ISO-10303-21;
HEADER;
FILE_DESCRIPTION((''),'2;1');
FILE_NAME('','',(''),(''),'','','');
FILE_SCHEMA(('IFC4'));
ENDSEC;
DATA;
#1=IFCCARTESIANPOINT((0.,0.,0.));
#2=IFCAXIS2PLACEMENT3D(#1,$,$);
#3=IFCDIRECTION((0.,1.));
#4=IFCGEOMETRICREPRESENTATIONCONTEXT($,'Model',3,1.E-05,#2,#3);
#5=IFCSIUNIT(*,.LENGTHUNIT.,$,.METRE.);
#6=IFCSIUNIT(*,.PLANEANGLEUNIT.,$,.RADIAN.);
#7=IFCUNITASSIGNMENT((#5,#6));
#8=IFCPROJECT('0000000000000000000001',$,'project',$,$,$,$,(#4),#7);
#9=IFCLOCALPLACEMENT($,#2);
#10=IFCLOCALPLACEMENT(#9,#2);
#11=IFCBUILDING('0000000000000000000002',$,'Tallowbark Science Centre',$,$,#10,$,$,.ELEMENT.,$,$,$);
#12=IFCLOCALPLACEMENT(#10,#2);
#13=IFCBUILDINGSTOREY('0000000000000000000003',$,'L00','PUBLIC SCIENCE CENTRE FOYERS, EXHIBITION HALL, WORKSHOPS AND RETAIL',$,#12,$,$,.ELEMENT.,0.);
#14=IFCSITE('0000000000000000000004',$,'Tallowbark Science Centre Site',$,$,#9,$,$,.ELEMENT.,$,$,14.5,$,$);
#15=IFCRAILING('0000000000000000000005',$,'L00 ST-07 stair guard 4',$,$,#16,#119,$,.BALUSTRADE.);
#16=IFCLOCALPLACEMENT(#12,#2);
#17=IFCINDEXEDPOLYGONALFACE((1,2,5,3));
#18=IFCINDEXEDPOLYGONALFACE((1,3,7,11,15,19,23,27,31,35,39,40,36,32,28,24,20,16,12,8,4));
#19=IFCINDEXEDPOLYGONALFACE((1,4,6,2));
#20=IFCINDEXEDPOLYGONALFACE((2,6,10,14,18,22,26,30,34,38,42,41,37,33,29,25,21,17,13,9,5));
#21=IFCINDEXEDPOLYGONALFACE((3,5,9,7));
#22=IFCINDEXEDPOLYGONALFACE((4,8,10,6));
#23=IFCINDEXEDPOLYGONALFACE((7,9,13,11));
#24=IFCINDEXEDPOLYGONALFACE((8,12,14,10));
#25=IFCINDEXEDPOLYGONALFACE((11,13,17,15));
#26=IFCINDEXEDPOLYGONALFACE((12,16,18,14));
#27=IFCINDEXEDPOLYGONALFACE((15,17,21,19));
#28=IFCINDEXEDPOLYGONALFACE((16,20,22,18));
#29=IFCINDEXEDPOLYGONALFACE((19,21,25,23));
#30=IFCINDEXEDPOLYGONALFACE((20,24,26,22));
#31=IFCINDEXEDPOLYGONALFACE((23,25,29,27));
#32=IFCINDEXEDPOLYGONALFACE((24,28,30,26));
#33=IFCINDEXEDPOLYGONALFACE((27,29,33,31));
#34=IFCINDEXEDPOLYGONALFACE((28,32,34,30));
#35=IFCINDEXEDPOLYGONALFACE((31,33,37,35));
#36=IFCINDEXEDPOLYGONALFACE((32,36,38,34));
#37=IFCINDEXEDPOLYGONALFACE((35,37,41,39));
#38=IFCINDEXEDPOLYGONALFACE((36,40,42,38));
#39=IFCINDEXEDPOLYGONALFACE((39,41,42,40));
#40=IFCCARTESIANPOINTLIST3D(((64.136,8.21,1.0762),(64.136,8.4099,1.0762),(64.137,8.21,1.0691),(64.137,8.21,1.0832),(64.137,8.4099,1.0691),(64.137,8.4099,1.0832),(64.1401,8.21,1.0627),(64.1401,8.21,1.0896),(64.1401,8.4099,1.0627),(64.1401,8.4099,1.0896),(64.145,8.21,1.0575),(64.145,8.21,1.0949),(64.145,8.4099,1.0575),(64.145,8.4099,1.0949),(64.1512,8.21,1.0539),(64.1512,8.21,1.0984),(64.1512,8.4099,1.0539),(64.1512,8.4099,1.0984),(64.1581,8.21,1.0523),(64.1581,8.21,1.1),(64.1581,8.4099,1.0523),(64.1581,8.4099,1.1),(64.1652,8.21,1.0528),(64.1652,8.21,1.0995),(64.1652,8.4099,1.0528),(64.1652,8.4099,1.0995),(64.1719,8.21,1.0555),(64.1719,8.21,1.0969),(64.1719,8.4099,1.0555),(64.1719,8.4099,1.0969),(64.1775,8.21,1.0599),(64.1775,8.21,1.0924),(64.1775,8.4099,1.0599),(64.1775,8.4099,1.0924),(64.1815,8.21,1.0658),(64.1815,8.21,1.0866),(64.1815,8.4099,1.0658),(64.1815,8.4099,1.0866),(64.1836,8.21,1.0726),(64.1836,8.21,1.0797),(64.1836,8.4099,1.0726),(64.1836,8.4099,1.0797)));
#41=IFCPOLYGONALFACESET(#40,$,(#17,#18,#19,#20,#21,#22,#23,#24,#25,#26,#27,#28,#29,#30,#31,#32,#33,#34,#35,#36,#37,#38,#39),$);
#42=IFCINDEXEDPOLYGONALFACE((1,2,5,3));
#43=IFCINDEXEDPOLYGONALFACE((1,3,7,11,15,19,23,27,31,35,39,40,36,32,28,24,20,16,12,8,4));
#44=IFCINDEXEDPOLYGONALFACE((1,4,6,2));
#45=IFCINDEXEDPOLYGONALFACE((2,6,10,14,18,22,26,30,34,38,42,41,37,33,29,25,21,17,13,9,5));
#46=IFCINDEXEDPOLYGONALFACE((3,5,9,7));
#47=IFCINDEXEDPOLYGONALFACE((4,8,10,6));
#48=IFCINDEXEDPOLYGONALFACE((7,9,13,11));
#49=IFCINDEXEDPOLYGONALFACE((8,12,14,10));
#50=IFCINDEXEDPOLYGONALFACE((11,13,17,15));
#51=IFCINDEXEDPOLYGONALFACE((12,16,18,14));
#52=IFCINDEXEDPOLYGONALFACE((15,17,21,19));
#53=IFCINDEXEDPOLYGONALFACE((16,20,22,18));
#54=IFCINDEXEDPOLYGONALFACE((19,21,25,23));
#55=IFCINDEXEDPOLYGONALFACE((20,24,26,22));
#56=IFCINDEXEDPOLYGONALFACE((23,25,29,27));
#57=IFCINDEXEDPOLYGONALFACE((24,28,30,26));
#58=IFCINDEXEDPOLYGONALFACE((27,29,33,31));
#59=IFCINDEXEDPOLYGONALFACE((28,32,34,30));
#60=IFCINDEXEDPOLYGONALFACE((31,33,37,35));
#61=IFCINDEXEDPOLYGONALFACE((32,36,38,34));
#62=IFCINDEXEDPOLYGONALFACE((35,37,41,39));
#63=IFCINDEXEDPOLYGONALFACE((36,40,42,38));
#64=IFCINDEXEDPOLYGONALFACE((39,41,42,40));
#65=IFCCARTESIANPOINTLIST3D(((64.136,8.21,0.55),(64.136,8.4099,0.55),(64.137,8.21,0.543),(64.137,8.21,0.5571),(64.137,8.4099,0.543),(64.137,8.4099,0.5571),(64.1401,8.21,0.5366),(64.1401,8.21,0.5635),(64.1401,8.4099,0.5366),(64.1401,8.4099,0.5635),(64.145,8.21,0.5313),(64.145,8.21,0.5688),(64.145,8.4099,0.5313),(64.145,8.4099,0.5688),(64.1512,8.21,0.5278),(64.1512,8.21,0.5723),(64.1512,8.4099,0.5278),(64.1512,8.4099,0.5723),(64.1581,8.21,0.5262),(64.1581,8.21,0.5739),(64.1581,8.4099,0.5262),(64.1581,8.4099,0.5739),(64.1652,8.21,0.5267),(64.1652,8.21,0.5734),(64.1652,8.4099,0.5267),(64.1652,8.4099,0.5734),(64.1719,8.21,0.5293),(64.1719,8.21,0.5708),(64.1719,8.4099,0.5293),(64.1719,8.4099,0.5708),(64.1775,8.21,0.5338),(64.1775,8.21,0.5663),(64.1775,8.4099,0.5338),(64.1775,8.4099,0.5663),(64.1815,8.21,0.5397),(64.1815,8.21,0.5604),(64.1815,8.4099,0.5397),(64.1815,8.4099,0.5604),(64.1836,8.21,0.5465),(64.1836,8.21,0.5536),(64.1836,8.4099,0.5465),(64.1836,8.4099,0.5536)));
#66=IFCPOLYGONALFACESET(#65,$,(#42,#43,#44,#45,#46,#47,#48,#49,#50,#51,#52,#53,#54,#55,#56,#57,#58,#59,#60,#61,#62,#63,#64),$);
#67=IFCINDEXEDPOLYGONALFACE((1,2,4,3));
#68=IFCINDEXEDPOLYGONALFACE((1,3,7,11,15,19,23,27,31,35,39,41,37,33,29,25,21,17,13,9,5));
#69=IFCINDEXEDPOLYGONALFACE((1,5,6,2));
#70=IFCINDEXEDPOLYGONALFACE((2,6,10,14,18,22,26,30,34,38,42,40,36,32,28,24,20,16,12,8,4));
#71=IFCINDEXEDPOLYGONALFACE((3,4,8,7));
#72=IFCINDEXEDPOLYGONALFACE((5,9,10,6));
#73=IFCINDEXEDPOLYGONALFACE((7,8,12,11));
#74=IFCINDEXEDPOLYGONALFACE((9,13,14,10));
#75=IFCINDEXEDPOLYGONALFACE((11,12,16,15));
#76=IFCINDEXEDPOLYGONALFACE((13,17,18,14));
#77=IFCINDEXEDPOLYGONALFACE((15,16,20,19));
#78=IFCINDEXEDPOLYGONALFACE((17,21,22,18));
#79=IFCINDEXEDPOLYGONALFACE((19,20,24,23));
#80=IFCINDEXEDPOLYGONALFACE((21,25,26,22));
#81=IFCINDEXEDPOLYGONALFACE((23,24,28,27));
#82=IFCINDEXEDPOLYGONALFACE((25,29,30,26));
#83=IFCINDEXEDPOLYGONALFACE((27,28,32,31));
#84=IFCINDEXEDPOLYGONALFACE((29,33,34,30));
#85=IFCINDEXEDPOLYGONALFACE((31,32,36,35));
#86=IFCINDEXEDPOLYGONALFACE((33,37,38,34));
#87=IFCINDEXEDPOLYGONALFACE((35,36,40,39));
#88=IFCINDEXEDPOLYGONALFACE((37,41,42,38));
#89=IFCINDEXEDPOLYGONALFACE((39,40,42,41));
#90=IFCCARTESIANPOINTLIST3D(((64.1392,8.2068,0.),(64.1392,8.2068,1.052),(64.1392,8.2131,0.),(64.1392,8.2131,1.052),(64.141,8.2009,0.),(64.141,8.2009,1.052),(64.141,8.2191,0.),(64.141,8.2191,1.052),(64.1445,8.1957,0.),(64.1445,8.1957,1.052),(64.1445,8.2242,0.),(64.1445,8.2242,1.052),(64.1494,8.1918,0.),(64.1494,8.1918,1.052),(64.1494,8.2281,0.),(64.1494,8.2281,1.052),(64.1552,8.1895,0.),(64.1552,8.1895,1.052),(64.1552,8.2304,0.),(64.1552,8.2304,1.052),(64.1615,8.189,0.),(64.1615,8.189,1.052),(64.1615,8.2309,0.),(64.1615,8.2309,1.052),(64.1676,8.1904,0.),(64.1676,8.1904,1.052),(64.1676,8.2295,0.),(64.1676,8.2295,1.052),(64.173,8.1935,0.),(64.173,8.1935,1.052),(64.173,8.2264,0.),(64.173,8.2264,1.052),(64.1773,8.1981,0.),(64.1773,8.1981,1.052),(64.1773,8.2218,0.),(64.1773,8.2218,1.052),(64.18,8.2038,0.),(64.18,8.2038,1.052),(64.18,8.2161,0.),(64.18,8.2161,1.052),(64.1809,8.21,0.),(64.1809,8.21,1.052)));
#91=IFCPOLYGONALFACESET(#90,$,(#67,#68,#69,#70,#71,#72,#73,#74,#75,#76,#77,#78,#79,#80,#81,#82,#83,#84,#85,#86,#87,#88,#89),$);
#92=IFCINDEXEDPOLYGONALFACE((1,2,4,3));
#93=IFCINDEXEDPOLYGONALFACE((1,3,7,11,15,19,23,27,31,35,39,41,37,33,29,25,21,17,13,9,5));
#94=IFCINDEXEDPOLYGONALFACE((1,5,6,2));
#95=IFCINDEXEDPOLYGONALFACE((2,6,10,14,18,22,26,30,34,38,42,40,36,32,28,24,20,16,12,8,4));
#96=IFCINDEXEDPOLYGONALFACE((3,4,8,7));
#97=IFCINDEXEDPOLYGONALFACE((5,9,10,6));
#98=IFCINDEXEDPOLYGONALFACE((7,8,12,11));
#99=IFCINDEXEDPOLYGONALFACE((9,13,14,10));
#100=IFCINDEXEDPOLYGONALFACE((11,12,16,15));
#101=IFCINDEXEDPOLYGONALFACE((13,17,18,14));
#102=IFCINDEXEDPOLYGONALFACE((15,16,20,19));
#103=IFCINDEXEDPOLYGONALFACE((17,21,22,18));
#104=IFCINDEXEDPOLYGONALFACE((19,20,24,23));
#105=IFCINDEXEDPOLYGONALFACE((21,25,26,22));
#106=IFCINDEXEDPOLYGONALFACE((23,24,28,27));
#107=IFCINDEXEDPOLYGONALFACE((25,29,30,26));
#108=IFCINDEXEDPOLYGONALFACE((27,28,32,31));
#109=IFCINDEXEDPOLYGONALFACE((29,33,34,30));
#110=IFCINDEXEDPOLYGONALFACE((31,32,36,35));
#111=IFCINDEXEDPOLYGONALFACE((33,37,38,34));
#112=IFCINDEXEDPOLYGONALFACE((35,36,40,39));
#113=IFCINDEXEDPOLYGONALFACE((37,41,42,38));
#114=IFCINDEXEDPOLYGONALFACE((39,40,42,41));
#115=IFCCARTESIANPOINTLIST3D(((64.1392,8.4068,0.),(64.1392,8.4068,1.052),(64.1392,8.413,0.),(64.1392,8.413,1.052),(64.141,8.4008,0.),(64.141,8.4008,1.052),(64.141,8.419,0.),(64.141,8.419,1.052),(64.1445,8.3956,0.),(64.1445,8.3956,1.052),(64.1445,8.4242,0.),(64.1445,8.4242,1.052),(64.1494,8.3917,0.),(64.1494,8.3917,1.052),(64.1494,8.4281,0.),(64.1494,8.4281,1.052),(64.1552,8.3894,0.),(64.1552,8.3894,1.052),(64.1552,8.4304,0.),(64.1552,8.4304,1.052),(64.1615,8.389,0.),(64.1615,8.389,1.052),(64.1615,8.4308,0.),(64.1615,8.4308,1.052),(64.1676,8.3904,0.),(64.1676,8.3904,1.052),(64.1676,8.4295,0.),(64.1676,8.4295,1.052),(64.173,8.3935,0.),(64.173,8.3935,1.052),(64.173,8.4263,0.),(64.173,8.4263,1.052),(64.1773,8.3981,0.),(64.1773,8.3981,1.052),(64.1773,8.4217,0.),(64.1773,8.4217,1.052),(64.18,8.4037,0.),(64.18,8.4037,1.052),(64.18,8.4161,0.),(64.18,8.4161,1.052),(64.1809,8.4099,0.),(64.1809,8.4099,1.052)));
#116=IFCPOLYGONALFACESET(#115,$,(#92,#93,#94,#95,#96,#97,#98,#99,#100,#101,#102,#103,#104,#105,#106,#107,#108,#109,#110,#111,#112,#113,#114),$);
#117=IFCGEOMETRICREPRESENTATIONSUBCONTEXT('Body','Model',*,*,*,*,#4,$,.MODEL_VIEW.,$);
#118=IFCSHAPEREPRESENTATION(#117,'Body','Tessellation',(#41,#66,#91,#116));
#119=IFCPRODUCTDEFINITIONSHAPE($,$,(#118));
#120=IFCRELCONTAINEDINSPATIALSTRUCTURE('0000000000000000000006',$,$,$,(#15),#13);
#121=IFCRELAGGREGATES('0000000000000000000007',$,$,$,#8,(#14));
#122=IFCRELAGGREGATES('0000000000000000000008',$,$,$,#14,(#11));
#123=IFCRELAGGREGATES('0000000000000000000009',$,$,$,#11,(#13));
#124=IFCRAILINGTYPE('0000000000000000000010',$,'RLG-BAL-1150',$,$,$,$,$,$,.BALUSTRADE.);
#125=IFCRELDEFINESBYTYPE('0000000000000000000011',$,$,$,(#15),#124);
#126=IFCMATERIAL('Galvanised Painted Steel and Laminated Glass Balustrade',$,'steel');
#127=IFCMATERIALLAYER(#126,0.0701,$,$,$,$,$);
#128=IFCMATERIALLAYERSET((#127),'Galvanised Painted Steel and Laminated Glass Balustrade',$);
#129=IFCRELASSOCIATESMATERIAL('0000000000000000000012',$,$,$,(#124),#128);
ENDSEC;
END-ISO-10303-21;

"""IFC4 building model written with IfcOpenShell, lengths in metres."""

from ifc_helpers import new_model, si_unit, direction, frame, origin, origin_2d, place, context, subcontext, project, spatial, circle, extrude, material, layer, layer_set, type_object, element, save


model = new_model("IFC4")

# Units and contexts
model_context = context("Model", 3, precision=1e-05, world=origin(), true_north=direction((0.0, 1.0)))
body_context = subcontext(model_context, "Body", "Model", "MODEL_VIEW")
ifc_project = project(units=[si_unit("LENGTHUNIT", "METRE"), si_unit("PLANEANGLEUNIT", "RADIAN")], contexts=[model_context])

# Site, building, storey
site_placement = place(None, origin())
site = spatial("IfcSite", under=ifc_project, at=site_placement, Name="Tallowbark Science Centre Site", CompositionType="ELEMENT", RefElevation=14.5)
building_placement = place(site_placement, origin())
building = spatial("IfcBuilding", under=site, at=building_placement, Name="Tallowbark Science Centre", CompositionType="ELEMENT")
storey_placement = place(building_placement, origin())
storey = spatial("IfcBuildingStorey", under=building, at=storey_placement, Name="L00", Description="PUBLIC SCIENCE CENTRE FOYERS, EXHIBITION HALL, WORKSHOPS AND RETAIL", CompositionType="ELEMENT", Elevation=0.0)

# Railing
ifc_material_1 = material(Name="Galvanised Painted Steel and Laminated Glass Balustrade", Category="steel")
ifc_layer_1 = layer(ifc_material_1, 0.0701)
ifc_layer_set_1 = layer_set([ifc_layer_1], Name="Galvanised Painted Steel and Laminated Glass Balustrade")
railing_type_1 = type_object("IfcRailingType", Name="RLG-BAL-1150", PredefinedType="BALUSTRADE", material=ifc_layer_set_1)
railing_1_placement = place(storey_placement, frame((64.1599, 8.21, 0.0)))
element("IfcRailing", 1, at=railing_1_placement, inside=storey, type_object=railing_type_1, Name="L00 ST-07 stair guard 4", PredefinedType="BALUSTRADE", context=body_context, shape_type="SweptSolid", body=[
    extrude(circle(Radius=0.0239, at=origin_2d()), frame((0.0, 0.0, 1.0762), z_axis=(0.0, 1.0, 0.0), x_axis=(-1.0, 0.0, 0.0)), (0.0, 0.0, 1.0), 0.2),
    extrude(circle(Radius=0.0239, at=origin_2d()), frame((0.0, 0.0, 0.55), z_axis=(0.0, 1.0, 0.0), x_axis=(-1.0, 0.0, 0.0)), (0.0, 0.0, 1.0), 0.2),
    extrude(circle(Radius=0.021, at=origin_2d()), origin(), (0.0, 0.0, 1.0), 1.052),
    extrude(circle(Radius=0.021, at=origin_2d()), frame((0.0, 0.2, 0.0)), (0.0, 0.0, 1.0), 1.052),
])

save(model, "model.ifc")
